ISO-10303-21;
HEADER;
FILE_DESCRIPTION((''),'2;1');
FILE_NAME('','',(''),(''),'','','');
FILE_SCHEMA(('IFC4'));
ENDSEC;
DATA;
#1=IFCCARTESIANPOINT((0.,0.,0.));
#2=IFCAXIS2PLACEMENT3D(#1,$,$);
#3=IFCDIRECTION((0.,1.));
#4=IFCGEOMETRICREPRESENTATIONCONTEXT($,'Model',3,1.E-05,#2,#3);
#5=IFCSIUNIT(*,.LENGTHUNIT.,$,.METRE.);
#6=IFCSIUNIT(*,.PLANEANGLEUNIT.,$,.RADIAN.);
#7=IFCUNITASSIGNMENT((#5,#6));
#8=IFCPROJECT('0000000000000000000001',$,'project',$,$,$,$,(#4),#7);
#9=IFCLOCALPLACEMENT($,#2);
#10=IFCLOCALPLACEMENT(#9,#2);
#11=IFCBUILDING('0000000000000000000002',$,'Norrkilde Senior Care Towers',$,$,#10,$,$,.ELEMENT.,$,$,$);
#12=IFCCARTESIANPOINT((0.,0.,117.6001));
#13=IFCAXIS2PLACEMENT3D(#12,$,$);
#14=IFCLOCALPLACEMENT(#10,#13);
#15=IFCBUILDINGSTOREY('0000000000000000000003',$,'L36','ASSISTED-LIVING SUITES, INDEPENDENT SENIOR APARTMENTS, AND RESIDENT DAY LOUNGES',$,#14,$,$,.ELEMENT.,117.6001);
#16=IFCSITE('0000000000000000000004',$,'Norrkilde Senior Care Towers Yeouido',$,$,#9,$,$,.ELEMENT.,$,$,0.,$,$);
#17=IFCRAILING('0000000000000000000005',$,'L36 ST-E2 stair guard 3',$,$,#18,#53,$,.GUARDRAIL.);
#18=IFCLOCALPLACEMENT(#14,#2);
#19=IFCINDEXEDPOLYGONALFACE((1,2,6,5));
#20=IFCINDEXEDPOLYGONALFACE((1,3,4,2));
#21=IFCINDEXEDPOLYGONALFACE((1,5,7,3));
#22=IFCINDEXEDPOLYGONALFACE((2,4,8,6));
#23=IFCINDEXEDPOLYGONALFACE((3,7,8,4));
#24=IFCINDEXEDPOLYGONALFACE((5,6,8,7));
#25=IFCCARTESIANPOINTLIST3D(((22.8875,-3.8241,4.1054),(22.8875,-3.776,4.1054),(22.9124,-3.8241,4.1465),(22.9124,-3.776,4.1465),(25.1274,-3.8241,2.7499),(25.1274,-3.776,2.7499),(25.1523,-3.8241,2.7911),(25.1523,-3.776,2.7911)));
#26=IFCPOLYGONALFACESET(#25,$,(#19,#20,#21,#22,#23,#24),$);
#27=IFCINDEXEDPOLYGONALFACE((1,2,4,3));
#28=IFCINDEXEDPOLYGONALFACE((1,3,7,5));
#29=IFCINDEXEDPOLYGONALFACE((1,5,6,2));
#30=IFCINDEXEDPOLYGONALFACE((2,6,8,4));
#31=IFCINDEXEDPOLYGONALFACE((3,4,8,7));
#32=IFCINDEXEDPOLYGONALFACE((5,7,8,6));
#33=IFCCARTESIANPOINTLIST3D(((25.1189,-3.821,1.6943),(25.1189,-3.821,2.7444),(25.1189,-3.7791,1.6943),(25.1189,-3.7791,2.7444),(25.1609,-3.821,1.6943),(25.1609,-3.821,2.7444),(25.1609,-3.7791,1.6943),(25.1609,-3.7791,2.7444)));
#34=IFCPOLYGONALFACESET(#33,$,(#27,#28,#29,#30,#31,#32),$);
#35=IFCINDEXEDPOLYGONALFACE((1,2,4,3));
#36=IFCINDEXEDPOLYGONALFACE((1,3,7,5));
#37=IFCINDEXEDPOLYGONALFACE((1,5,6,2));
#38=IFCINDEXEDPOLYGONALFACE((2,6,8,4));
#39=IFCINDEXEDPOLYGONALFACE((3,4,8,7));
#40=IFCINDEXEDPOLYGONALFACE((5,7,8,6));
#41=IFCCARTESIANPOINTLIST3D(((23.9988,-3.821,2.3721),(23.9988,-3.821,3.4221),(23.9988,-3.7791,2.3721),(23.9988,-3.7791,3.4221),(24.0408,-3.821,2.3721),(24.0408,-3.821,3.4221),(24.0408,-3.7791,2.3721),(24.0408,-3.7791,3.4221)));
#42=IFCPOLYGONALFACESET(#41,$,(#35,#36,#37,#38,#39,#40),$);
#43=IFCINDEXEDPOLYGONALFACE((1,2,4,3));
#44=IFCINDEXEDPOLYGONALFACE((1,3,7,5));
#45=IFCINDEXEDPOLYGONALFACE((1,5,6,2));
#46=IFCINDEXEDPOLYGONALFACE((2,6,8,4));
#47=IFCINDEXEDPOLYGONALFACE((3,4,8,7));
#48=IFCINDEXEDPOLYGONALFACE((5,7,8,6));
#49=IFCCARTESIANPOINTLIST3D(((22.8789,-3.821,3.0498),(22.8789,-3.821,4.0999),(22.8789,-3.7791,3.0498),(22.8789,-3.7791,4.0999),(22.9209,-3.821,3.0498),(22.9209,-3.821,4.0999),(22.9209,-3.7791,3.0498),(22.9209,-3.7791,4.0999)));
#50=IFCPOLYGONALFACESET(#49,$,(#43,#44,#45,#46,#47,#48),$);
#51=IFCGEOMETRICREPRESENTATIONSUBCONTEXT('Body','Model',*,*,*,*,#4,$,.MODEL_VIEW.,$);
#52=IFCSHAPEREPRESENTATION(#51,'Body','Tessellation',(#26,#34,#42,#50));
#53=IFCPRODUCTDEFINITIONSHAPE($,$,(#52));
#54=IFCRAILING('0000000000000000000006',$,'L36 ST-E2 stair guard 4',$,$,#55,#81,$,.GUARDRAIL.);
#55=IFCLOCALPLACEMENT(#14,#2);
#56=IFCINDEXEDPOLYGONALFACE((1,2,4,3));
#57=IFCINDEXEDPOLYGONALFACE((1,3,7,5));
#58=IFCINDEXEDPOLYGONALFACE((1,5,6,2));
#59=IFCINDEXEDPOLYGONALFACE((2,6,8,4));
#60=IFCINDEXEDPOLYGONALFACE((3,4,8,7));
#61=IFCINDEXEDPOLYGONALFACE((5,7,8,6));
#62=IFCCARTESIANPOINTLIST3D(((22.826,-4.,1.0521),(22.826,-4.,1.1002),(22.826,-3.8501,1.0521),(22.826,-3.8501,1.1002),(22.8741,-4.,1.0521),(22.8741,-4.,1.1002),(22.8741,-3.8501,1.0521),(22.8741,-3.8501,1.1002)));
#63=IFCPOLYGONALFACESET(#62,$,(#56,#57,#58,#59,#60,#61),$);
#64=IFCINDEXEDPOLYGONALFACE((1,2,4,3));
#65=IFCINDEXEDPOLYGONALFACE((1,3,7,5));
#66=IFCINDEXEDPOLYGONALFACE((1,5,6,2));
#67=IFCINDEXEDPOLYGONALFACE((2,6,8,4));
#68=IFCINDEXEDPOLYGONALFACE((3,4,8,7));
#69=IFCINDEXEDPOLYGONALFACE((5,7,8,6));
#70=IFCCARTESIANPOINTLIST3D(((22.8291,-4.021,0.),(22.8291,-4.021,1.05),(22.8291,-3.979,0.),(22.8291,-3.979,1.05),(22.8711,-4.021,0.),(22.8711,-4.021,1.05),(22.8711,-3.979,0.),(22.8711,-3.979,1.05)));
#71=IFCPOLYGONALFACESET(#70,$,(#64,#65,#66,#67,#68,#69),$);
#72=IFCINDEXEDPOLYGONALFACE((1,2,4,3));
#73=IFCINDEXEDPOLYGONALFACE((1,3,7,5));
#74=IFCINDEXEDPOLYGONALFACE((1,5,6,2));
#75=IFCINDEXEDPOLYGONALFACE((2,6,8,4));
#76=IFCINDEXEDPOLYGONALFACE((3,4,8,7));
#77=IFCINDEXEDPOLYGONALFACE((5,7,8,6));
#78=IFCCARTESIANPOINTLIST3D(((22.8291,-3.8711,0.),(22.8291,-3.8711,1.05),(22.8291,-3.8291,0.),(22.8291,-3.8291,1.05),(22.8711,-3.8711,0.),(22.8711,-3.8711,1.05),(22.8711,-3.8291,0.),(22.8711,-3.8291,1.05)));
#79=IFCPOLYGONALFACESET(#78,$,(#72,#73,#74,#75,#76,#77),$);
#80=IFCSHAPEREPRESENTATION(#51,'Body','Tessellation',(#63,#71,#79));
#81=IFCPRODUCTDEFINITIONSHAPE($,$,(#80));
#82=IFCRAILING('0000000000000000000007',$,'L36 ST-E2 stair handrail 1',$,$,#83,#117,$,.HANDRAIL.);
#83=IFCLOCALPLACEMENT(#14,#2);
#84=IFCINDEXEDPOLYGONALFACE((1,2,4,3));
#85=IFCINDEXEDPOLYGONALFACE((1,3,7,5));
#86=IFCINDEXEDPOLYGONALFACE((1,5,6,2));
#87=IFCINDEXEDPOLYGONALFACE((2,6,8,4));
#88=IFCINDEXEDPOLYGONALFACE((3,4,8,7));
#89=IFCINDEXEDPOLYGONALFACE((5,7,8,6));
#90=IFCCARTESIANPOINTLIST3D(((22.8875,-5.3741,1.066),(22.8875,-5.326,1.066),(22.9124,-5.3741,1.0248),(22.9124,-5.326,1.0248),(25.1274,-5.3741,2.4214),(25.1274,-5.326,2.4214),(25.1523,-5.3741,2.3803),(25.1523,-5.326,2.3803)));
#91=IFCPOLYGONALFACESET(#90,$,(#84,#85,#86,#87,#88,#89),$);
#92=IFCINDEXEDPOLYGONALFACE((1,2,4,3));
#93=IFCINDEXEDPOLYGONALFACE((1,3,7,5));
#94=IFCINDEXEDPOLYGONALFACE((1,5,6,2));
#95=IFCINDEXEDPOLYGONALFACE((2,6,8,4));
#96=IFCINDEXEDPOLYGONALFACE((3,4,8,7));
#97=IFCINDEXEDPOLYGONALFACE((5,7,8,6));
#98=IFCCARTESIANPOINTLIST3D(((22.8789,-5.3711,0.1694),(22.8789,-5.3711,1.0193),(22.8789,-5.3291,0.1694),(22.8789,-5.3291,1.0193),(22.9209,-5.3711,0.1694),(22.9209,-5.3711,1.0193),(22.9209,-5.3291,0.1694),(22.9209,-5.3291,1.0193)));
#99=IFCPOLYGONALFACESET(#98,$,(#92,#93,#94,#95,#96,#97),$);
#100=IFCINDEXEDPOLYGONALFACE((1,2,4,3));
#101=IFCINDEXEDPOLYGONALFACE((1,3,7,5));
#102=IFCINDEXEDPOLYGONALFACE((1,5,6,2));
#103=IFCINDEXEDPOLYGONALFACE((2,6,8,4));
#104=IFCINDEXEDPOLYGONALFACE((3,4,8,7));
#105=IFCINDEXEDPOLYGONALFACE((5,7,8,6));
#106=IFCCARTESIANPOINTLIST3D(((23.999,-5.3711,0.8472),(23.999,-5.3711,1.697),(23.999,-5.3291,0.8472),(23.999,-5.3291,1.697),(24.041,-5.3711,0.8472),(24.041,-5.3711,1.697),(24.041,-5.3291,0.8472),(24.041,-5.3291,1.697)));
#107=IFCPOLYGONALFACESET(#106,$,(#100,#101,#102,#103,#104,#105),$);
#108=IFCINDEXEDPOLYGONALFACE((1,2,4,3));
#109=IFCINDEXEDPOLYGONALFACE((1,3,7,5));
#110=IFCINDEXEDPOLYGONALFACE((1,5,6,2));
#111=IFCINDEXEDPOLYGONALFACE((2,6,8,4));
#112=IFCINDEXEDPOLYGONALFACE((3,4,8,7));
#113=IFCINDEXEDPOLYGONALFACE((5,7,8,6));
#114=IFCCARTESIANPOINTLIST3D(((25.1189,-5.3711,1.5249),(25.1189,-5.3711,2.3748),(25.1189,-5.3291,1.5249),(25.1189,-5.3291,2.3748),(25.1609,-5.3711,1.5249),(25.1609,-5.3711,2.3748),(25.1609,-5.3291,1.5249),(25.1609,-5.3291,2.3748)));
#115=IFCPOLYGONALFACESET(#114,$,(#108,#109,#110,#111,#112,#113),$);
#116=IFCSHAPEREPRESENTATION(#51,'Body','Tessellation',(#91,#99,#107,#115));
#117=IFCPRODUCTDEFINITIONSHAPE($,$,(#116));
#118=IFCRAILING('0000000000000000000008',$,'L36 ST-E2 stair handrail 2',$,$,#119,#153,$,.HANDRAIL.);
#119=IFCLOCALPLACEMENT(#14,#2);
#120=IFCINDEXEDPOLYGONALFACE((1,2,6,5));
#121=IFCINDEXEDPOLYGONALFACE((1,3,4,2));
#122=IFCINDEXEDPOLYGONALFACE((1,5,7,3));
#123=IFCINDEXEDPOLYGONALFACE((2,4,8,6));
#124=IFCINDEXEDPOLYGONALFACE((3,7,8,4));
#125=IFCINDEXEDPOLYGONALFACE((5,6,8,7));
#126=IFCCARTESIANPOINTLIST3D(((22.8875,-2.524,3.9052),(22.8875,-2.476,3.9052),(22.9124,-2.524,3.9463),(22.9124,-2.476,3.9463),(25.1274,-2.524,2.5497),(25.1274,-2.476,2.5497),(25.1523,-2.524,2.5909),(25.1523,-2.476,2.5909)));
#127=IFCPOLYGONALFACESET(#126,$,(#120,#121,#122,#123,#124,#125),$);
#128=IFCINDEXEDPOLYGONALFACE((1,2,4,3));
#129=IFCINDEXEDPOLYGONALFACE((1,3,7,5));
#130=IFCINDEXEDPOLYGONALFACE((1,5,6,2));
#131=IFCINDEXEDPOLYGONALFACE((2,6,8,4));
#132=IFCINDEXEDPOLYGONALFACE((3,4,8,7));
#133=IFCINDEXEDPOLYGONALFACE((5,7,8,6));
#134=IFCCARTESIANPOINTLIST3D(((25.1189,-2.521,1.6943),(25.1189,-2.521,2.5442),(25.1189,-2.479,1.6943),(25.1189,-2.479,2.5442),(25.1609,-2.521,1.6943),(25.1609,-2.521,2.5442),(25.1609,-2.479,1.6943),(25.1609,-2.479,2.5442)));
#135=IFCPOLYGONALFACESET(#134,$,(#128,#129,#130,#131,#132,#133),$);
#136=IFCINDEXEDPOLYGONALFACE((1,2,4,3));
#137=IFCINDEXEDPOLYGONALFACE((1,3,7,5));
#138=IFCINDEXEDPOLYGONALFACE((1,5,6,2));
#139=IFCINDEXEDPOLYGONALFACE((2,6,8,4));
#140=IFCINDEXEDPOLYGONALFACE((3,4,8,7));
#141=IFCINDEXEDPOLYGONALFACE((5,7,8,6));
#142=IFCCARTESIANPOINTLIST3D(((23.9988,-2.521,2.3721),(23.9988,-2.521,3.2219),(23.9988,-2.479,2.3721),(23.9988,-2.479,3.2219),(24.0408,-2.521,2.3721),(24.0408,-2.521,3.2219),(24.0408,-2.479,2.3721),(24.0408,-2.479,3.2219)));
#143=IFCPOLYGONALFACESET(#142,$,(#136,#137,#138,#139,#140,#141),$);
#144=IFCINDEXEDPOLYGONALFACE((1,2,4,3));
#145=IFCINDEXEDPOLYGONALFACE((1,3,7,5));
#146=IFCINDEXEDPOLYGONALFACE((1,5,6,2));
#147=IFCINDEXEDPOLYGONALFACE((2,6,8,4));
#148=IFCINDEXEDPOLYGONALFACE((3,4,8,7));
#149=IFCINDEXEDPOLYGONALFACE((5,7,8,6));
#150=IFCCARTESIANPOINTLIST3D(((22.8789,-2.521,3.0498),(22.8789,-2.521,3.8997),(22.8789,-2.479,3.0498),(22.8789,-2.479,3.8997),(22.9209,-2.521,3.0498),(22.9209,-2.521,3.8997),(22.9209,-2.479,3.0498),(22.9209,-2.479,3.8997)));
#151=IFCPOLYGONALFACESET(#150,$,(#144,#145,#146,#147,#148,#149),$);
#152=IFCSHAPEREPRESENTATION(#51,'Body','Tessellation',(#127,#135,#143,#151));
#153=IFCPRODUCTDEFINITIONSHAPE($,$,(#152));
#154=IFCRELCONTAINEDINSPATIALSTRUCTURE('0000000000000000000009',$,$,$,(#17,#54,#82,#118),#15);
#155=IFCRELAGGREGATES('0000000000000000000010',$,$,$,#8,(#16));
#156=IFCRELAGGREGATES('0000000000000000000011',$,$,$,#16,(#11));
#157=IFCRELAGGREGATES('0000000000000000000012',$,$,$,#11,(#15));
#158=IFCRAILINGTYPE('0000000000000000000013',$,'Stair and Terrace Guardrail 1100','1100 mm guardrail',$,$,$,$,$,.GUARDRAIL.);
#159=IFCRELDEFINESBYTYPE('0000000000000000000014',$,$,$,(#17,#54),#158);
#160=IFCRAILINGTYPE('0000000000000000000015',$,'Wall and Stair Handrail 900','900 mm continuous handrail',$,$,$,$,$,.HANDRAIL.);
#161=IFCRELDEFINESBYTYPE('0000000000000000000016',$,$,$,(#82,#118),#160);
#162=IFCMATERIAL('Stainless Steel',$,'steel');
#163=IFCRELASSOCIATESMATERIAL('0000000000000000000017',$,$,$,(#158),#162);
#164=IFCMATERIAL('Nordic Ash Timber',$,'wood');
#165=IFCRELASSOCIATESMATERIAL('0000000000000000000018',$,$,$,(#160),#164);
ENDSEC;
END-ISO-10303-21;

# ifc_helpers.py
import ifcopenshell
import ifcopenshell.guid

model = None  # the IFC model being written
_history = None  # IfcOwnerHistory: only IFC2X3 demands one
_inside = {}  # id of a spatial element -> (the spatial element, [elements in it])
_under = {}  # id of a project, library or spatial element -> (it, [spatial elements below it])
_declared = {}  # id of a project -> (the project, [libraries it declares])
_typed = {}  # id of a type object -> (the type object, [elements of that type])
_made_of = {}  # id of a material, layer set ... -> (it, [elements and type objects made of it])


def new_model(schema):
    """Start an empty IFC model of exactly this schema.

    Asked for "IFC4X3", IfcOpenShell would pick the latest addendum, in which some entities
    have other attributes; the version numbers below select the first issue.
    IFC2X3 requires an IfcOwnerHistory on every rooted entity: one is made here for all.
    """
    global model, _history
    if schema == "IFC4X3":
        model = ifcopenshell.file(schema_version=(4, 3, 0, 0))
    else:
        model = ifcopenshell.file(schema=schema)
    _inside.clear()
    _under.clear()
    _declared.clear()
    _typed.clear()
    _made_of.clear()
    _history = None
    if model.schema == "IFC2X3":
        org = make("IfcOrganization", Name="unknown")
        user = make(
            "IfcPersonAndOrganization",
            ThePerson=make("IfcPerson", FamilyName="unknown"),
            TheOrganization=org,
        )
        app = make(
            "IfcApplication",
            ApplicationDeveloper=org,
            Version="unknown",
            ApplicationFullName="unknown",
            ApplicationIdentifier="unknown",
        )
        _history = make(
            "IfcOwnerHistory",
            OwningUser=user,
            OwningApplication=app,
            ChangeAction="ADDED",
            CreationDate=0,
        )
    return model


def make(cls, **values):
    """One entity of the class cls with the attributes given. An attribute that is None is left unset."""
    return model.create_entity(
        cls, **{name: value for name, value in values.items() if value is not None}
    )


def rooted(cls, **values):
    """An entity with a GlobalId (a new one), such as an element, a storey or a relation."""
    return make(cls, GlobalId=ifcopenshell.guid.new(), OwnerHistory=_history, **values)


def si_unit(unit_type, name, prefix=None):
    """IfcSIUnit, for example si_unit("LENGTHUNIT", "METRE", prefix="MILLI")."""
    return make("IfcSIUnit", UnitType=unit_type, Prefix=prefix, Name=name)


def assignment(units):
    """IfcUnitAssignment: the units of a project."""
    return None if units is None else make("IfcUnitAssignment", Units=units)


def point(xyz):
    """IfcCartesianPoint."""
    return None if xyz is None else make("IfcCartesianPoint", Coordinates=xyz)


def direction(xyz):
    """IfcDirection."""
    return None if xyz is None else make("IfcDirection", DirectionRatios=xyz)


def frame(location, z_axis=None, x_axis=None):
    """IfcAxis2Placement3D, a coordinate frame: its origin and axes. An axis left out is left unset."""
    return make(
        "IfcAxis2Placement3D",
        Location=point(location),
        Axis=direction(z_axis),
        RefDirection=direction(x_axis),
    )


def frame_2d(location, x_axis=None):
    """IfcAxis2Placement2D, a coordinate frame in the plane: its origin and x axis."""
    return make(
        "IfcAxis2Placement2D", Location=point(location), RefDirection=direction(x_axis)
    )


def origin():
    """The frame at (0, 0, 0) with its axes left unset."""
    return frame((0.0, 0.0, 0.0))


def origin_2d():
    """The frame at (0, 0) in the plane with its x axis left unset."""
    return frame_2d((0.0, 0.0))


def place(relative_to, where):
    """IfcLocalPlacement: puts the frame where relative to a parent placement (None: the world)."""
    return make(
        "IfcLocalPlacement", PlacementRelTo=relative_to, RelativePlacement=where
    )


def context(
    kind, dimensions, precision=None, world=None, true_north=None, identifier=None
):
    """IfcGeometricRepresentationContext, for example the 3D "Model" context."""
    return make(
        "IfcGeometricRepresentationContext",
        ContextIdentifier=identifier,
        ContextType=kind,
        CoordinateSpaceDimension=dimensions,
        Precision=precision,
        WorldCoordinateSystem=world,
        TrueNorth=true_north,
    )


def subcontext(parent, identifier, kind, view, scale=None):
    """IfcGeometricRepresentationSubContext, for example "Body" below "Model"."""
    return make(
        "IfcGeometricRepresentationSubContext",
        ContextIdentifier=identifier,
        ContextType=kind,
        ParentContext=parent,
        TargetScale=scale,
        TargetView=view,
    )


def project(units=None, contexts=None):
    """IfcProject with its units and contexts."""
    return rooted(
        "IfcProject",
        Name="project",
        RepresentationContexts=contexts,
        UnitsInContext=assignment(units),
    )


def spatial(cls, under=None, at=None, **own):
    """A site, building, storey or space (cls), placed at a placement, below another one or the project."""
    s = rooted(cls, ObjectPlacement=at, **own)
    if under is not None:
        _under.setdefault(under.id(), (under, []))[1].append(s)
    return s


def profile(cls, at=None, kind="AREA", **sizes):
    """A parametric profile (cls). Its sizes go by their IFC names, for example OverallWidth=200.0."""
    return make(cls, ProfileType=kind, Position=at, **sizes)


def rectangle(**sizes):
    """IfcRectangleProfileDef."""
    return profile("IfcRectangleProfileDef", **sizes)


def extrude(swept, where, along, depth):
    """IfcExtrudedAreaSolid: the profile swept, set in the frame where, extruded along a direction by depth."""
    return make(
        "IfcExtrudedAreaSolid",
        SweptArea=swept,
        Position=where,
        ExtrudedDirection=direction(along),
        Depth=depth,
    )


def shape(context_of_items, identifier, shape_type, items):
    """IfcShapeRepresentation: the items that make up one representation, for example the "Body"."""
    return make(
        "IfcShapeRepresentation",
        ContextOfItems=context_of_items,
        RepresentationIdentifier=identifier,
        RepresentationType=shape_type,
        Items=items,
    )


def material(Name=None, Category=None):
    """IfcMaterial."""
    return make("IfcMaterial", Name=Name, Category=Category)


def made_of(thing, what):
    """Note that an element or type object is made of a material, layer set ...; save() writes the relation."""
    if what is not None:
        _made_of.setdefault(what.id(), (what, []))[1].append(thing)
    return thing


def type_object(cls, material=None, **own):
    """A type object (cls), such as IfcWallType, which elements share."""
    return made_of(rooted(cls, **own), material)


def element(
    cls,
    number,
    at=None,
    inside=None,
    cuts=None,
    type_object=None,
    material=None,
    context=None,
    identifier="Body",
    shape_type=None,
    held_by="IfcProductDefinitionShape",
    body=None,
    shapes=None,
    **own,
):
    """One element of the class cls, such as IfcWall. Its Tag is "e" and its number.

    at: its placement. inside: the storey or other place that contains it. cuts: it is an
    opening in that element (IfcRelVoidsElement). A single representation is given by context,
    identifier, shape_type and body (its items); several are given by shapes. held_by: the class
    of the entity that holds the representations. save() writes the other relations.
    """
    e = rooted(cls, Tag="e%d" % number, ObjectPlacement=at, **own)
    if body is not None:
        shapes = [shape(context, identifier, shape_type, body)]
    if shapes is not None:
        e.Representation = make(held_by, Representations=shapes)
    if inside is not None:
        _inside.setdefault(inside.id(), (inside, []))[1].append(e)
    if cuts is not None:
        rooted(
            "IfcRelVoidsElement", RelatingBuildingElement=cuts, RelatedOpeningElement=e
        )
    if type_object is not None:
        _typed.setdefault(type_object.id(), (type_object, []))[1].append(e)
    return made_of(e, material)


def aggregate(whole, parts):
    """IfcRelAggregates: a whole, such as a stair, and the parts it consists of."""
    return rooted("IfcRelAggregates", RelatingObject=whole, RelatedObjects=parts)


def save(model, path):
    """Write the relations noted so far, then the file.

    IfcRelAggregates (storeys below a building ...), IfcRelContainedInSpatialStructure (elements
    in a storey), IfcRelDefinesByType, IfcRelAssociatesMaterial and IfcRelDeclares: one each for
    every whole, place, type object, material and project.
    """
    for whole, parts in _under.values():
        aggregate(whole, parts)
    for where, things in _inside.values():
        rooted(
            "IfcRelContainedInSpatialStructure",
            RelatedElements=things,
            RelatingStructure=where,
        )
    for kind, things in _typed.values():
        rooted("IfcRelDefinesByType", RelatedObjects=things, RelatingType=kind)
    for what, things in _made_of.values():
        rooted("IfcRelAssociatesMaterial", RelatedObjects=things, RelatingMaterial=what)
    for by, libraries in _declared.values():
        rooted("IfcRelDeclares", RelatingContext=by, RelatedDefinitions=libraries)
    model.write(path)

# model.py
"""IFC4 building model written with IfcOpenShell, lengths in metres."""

from ifc_helpers import new_model, si_unit, direction, frame, origin, origin_2d, place, context, subcontext, project, spatial, rectangle, extrude, material, type_object, element, save


model = new_model("IFC4")

# Units and contexts
model_context = context("Model", 3, precision=1e-05, world=origin(), true_north=direction((0.0, 1.0)))
body_context = subcontext(model_context, "Body", "Model", "MODEL_VIEW")
ifc_project = project(units=[si_unit("LENGTHUNIT", "METRE"), si_unit("PLANEANGLEUNIT", "RADIAN")], contexts=[model_context])

# Site, building, storey
site_placement = place(None, origin())
site = spatial("IfcSite", under=ifc_project, at=site_placement, Name="Norrkilde Senior Care Towers Yeouido", CompositionType="ELEMENT", RefElevation=0.0)
building_placement = place(site_placement, origin())
building = spatial("IfcBuilding", under=site, at=building_placement, Name="Norrkilde Senior Care Towers", CompositionType="ELEMENT")
storey_placement = place(building_placement, frame((0.0, 0.0, 117.6001)))
storey = spatial("IfcBuildingStorey", under=building, at=storey_placement, Name="L36", Description="ASSISTED-LIVING SUITES, INDEPENDENT SENIOR APARTMENTS, AND RESIDENT DAY LOUNGES", CompositionType="ELEMENT", Elevation=117.6001)

# Railings
ifc_material_1 = material(Name="Stainless Steel", Category="steel")
railing_type_1 = type_object("IfcRailingType", Name="Stair and Terrace Guardrail 1100", Description="1100 mm guardrail", PredefinedType="GUARDRAIL", material=ifc_material_1)
railing_1_placement = place(storey_placement, frame((25.1399, -3.8, 1.6943)))
element("IfcRailing", 1, at=railing_1_placement, inside=storey, type_object=railing_type_1, Name="L36 ST-E2 stair guard 3", PredefinedType="GUARDRAIL", context=body_context, shape_type="SweptSolid", body=[
    extrude(rectangle(XDim=0.0481, YDim=0.0481, at=origin_2d()), frame((0.0, 0.0, 1.0762), z_axis=(-0.855553, 0.0, 0.517715), x_axis=(0.0, -1.0, 0.0)), (0.0, 0.0, 1.0), 2.6182),
    extrude(rectangle(XDim=0.042, YDim=0.042, at=origin_2d()), origin(), (0.0, 0.0, 1.0), 1.05),
    extrude(rectangle(XDim=0.042, YDim=0.042, at=origin_2d()), frame((-1.1201, 0.0, 0.6777)), (0.0, 0.0, 1.0), 1.05),
    extrude(rectangle(XDim=0.042, YDim=0.042, at=origin_2d()), frame((-2.24, 0.0, 1.3555)), (0.0, 0.0, 1.0), 1.05),
])
railing_2_placement = place(storey_placement, frame((22.8501, -4.0, 0.0)))
element("IfcRailing", 2, at=railing_2_placement, inside=storey, type_object=railing_type_1, Name="L36 ST-E2 stair guard 4", PredefinedType="GUARDRAIL", context=body_context, shape_type="SweptSolid", body=[
    extrude(rectangle(XDim=0.0481, YDim=0.0481, at=origin_2d()), frame((0.0, 0.0, 1.0762), z_axis=(0.0, 1.0, 0.0), x_axis=(-1.0, 0.0, 0.0)), (0.0, 0.0, 1.0), 0.1499),
    extrude(rectangle(XDim=0.042, YDim=0.042, at=origin_2d()), origin(), (0.0, 0.0, 1.0), 1.05),
    extrude(rectangle(XDim=0.042, YDim=0.042, at=origin_2d()), frame((0.0, 0.1499, 0.0)), (0.0, 0.0, 1.0), 1.05),
])
ifc_material_2 = material(Name="Nordic Ash Timber", Category="wood")
railing_type_2 = type_object("IfcRailingType", Name="Wall and Stair Handrail 900", Description="900 mm continuous handrail", PredefinedType="HANDRAIL", material=ifc_material_2)
railing_3_placement = place(storey_placement, frame((22.8999, -5.3501, 0.1694)))
element("IfcRailing", 3, at=railing_3_placement, inside=storey, type_object=railing_type_2, Name="L36 ST-E2 stair handrail 1", PredefinedType="HANDRAIL", context=body_context, shape_type="SweptSolid", body=[
    extrude(rectangle(XDim=0.0481, YDim=0.0481, at=origin_2d()), frame((0.0, 0.0, 0.876), z_axis=(0.855553, 0.0, 0.517715), x_axis=(0.0, 1.0, 0.0)), (0.0, 0.0, 1.0), 2.6182),
    extrude(rectangle(XDim=0.042, YDim=0.042, at=origin_2d()), origin(), (0.0, 0.0, 1.0), 0.8499),
    extrude(rectangle(XDim=0.042, YDim=0.042, at=origin_2d()), frame((1.1201, 0.0, 0.6777)), (0.0, 0.0, 1.0), 0.8499),
    extrude(rectangle(XDim=0.042, YDim=0.042, at=origin_2d()), frame((2.24, 0.0, 1.3555)), (0.0, 0.0, 1.0), 0.8499),
])
railing_4_placement = place(storey_placement, frame((25.1399, -2.5, 1.6943)))
element("IfcRailing", 4, at=railing_4_placement, inside=storey, type_object=railing_type_2, Name="L36 ST-E2 stair handrail 2", PredefinedType="HANDRAIL", context=body_context, shape_type="SweptSolid", body=[
    extrude(rectangle(XDim=0.0481, YDim=0.0481, at=origin_2d()), frame((0.0, 0.0, 0.876), z_axis=(-0.855553, 0.0, 0.517715), x_axis=(0.0, -1.0, 0.0)), (0.0, 0.0, 1.0), 2.6182),
    extrude(rectangle(XDim=0.042, YDim=0.042, at=origin_2d()), origin(), (0.0, 0.0, 1.0), 0.8499),
    extrude(rectangle(XDim=0.042, YDim=0.042, at=origin_2d()), frame((-1.1201, 0.0, 0.6777)), (0.0, 0.0, 1.0), 0.8499),
    extrude(rectangle(XDim=0.042, YDim=0.042, at=origin_2d()), frame((-2.24, 0.0, 1.3555)), (0.0, 0.0, 1.0), 0.8499),
])

save(model, "model.ifc")
